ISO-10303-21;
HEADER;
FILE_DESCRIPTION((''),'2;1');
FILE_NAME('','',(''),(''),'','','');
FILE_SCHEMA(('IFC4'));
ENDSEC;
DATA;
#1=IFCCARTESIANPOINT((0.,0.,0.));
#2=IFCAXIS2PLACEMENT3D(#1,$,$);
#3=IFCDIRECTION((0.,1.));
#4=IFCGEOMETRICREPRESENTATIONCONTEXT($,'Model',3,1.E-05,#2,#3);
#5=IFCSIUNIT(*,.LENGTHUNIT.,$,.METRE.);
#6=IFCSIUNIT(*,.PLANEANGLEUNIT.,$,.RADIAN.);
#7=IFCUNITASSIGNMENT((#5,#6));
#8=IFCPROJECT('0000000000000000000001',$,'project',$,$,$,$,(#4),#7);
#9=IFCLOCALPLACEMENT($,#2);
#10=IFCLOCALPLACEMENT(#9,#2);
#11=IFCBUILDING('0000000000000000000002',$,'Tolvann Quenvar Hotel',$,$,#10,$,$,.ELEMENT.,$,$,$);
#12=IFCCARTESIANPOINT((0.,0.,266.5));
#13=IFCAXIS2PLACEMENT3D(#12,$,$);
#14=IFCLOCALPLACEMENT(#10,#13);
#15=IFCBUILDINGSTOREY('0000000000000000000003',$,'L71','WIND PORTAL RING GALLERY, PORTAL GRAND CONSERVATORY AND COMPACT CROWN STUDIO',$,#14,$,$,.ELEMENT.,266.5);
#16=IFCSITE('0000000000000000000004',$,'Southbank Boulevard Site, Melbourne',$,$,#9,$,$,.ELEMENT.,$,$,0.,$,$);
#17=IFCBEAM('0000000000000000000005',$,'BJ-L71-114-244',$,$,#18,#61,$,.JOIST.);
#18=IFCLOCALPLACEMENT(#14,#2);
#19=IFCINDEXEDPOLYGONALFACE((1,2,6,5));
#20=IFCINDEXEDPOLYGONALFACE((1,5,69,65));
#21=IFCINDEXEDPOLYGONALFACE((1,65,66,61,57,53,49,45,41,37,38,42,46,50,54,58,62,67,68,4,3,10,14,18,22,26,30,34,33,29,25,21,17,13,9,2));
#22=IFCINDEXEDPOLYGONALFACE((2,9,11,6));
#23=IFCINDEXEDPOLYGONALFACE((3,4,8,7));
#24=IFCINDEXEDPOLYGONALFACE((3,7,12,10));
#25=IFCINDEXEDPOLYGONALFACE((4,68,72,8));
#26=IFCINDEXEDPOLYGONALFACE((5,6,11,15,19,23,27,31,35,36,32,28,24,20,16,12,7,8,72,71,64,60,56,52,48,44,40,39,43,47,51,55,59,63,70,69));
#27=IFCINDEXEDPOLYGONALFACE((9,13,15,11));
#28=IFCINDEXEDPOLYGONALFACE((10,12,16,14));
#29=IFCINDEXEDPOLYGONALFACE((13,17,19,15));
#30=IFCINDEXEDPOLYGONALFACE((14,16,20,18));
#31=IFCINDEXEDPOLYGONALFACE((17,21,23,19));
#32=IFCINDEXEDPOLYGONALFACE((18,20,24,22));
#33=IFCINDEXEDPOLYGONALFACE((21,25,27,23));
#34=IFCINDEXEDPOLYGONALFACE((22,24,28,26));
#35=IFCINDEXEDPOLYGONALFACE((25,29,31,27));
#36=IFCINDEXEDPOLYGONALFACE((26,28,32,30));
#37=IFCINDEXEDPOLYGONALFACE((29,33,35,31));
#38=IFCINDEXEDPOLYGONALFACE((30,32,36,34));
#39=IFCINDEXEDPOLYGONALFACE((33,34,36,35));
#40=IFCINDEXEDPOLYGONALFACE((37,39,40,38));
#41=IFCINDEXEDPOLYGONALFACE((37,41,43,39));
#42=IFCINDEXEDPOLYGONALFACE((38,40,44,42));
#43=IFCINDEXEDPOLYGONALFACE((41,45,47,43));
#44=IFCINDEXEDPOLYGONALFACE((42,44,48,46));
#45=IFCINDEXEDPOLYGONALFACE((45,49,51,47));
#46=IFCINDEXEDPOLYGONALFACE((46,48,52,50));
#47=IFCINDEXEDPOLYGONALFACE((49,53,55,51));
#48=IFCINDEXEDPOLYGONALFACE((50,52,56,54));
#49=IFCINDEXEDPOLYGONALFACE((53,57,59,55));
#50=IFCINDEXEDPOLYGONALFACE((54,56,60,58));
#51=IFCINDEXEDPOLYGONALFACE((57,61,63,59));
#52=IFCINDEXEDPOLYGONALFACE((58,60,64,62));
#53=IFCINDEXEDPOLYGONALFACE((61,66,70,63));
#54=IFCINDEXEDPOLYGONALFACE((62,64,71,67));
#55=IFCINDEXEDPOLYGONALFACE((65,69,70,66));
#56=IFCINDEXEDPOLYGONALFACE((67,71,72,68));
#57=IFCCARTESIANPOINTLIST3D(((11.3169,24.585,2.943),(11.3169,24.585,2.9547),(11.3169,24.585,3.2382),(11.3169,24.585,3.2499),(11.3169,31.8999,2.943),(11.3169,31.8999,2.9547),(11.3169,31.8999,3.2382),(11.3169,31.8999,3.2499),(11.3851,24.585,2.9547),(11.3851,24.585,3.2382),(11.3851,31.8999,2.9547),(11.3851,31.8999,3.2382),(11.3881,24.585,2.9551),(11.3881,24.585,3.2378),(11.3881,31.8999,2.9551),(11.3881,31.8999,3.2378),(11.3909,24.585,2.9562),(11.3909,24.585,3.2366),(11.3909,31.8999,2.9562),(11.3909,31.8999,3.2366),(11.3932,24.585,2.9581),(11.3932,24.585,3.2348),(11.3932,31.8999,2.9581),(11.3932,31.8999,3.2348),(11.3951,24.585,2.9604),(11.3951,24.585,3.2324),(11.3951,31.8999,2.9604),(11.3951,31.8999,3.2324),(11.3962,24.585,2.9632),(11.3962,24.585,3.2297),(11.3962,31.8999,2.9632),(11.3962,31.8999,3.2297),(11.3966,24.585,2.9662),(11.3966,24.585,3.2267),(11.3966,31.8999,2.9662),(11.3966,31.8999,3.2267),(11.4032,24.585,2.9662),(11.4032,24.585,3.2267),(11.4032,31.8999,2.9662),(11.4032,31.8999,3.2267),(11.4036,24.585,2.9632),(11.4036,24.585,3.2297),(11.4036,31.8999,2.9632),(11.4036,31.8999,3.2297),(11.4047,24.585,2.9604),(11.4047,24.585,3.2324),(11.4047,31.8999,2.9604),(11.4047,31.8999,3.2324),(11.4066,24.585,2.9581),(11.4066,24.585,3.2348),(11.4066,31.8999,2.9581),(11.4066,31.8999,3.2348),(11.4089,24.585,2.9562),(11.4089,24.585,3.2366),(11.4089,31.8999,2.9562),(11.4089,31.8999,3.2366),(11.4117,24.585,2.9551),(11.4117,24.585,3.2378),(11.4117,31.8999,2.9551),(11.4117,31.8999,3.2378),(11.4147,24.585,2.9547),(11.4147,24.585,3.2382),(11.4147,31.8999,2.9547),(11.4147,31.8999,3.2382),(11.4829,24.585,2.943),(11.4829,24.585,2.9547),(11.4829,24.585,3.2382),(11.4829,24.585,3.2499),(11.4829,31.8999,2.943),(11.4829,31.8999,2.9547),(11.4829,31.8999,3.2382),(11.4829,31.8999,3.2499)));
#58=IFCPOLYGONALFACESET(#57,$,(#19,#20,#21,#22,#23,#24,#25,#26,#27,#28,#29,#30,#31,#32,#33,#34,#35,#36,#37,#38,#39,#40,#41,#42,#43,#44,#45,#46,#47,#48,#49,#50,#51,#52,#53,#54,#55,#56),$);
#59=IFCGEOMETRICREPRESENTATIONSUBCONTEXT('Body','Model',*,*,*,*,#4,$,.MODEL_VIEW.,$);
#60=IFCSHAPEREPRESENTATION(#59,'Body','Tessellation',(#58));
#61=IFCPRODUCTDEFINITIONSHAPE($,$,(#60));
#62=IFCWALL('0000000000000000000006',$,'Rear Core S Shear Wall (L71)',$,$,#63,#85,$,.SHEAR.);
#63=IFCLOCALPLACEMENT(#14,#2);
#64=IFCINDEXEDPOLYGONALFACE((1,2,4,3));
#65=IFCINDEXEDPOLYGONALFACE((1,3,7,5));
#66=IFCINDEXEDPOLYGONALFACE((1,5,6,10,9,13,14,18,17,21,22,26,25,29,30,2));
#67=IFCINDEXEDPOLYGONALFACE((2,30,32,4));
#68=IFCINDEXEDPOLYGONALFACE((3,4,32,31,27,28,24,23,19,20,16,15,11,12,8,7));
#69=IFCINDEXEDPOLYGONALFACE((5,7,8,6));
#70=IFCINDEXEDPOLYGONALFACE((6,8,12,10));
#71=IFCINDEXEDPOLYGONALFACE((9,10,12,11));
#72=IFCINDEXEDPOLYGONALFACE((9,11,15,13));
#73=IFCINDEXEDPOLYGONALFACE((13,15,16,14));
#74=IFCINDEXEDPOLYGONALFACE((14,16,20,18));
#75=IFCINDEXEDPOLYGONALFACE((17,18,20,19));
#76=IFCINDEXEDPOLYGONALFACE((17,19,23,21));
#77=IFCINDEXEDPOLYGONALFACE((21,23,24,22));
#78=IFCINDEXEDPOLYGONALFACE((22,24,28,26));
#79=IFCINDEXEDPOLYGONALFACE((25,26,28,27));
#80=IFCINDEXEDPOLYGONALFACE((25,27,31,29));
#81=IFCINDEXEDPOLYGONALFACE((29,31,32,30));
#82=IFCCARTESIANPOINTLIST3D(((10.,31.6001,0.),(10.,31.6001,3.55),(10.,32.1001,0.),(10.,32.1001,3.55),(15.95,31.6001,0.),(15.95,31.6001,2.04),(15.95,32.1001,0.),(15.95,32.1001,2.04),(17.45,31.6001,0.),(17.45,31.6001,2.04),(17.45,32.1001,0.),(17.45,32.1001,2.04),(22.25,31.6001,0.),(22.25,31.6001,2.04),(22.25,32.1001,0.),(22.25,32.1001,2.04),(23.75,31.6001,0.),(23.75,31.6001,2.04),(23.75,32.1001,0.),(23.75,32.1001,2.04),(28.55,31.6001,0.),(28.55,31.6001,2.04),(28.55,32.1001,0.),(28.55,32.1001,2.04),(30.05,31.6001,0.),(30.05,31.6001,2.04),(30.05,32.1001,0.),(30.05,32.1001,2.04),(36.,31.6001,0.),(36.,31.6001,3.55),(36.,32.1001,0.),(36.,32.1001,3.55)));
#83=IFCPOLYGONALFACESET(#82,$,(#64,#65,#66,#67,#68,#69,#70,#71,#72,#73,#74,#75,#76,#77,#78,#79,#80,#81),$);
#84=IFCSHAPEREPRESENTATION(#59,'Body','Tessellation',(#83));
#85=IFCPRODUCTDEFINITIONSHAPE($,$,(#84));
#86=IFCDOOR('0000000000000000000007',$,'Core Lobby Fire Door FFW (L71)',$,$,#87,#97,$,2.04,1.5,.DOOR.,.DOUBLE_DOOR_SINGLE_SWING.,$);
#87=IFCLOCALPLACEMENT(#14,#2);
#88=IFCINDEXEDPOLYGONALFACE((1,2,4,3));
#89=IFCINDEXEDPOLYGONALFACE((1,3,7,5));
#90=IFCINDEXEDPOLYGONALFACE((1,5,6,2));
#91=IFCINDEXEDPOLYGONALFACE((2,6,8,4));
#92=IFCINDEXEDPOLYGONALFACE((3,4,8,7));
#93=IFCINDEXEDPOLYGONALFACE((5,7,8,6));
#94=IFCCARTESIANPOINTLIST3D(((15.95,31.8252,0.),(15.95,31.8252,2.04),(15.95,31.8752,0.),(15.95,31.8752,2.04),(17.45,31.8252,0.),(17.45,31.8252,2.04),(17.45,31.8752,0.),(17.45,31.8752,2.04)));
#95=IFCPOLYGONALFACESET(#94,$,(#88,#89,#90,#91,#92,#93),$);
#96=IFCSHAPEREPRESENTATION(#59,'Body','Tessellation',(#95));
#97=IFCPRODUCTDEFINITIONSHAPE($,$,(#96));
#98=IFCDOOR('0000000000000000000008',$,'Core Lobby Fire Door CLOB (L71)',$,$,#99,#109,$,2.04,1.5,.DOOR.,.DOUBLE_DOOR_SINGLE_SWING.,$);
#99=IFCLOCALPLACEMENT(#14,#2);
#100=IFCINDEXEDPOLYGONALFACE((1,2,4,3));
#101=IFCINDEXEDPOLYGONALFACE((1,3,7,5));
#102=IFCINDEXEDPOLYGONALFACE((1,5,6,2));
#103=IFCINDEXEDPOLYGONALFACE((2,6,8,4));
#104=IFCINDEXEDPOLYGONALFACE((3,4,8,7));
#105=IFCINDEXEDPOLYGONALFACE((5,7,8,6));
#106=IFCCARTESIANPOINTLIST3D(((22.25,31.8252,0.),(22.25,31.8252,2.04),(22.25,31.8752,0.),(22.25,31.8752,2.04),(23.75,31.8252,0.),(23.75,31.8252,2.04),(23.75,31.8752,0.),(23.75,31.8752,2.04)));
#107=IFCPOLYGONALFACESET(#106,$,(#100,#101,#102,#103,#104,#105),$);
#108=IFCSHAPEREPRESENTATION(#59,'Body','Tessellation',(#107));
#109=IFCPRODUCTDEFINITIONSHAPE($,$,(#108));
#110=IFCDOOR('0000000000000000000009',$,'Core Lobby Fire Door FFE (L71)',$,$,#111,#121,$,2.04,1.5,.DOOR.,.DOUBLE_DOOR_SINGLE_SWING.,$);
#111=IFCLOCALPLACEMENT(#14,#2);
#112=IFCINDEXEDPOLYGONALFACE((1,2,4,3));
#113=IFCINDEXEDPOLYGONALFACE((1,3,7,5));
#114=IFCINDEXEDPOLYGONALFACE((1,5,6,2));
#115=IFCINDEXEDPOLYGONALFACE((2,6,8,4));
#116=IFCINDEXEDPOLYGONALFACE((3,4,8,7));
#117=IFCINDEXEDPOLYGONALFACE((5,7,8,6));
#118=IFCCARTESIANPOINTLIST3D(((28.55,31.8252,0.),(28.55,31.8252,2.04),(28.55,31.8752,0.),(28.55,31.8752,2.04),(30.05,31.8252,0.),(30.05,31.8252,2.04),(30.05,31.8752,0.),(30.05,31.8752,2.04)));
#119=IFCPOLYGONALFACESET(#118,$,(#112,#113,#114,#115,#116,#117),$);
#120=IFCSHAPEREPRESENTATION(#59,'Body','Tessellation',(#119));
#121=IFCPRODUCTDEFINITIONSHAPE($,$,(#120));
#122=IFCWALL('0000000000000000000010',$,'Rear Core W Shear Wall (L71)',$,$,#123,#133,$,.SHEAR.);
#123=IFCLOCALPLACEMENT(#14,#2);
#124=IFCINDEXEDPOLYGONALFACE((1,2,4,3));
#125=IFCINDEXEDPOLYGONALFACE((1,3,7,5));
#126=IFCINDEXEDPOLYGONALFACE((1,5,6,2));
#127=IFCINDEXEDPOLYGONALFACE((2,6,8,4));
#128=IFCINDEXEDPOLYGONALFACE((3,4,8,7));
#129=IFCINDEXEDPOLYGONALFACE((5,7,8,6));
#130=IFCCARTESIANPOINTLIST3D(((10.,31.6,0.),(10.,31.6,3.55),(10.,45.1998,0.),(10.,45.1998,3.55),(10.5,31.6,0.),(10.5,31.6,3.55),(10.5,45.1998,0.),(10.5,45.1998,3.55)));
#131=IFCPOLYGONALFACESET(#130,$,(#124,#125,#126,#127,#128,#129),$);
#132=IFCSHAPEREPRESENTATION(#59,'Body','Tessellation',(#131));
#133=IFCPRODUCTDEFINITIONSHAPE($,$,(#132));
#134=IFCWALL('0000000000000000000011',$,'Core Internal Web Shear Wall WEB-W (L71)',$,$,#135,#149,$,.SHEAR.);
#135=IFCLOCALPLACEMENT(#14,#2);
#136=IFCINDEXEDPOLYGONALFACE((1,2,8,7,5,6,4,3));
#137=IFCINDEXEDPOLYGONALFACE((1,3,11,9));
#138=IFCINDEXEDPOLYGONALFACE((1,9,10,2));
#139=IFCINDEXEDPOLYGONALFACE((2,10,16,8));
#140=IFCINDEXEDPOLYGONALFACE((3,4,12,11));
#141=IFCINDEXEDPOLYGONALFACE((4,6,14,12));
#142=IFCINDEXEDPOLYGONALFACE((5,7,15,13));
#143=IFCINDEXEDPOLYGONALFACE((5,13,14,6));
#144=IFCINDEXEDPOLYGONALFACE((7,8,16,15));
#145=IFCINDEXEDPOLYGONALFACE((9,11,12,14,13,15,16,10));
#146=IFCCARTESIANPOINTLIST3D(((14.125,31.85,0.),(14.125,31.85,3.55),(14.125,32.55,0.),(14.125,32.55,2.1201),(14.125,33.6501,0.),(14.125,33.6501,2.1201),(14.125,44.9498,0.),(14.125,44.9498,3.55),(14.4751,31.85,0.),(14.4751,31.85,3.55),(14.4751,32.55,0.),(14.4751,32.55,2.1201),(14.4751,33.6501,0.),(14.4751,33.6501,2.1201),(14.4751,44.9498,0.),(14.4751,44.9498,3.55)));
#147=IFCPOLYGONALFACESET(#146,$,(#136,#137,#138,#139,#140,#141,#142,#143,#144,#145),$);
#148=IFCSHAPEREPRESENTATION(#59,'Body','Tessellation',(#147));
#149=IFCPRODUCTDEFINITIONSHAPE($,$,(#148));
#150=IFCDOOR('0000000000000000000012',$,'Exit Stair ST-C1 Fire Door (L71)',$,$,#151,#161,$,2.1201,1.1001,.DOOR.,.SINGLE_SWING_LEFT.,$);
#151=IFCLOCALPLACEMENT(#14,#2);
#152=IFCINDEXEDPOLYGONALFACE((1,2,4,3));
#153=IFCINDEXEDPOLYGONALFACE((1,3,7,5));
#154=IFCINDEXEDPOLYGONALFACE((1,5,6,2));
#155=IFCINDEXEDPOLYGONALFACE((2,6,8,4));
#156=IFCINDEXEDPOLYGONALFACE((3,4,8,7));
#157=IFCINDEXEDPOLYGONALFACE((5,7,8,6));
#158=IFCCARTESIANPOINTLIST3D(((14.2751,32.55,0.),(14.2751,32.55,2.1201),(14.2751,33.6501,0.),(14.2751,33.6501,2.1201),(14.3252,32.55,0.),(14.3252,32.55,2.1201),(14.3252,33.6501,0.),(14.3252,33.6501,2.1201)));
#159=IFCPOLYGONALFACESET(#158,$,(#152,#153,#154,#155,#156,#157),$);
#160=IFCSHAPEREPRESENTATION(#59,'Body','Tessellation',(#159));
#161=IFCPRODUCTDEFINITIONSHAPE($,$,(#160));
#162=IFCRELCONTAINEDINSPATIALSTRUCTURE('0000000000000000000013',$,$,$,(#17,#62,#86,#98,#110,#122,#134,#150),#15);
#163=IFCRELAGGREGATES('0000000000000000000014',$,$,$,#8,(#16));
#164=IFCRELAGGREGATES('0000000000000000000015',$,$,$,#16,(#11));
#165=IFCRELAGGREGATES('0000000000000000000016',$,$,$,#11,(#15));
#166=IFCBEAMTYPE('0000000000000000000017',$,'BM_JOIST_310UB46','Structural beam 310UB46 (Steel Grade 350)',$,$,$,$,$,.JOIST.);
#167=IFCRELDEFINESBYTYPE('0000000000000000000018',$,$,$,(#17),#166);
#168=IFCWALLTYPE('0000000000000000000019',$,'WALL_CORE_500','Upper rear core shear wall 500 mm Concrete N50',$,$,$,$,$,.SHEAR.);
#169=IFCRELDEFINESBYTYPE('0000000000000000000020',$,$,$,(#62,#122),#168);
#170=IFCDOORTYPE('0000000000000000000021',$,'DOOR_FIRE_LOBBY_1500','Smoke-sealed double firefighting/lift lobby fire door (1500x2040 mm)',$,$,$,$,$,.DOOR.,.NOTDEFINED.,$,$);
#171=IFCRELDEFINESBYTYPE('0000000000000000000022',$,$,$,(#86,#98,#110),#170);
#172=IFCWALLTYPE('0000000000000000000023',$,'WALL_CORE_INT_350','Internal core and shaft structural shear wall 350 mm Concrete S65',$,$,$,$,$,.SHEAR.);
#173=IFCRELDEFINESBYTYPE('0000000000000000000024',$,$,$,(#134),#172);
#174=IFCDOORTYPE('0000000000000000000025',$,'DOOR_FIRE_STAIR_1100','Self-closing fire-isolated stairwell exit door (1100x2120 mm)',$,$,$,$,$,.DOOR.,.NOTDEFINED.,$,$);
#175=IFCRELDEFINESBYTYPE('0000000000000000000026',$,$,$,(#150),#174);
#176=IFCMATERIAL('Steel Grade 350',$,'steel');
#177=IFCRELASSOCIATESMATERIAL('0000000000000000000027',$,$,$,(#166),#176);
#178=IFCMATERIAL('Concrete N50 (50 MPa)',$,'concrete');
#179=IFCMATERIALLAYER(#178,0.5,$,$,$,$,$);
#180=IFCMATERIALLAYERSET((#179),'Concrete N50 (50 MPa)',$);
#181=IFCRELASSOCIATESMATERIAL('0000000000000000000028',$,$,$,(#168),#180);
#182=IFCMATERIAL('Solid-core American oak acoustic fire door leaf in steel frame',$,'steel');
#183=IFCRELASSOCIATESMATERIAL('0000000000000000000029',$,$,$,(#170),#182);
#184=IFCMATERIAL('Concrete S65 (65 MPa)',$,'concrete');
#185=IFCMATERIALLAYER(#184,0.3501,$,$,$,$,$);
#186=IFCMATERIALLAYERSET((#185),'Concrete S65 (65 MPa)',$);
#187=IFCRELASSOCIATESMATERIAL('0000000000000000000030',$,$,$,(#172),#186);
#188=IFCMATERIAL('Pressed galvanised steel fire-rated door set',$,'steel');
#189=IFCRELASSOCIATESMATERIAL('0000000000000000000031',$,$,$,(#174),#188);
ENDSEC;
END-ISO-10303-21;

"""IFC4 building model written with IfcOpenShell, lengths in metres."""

from ifc_helpers import new_model, si_unit, direction, frame, frame_2d, origin, origin_2d, place, context, subcontext, project, spatial, rectangle, i_section, extrude, source, transform, mapped, material, layer, layer_set, material_profile, profile_set, type_object, type_shapes, element, fill, save


model = new_model("IFC4")

# Units and contexts
model_context = context("Model", 3, precision=1e-05, world=origin(), true_north=direction((0.0, 1.0)))
body_context = subcontext(model_context, "Body", "Model", "MODEL_VIEW")
ifc_project = project(units=[si_unit("LENGTHUNIT", "METRE"), si_unit("PLANEANGLEUNIT", "RADIAN")], contexts=[model_context])

# Site, building, storey
site_placement = place(None, origin())
site = spatial("IfcSite", under=ifc_project, at=site_placement, Name="Southbank Boulevard Site, Melbourne", CompositionType="ELEMENT", RefElevation=0.0)
building_placement = place(site_placement, origin())
building = spatial("IfcBuilding", under=site, at=building_placement, Name="Tolvann Quenvar Hotel", CompositionType="ELEMENT")
storey_placement = place(building_placement, frame((0.0, 0.0, 266.5)))
storey = spatial("IfcBuildingStorey", under=building, at=storey_placement, Name="L71", Description="WIND PORTAL RING GALLERY, PORTAL GRAND CONSERVATORY AND COMPACT CROWN STUDIO", CompositionType="ELEMENT", Elevation=266.5)

# Shared definitions
ifc_material_1 = material(Name="Steel Grade 350", Category="steel")

# Beam
ifc_material_profile_1 = material_profile(ifc_material_1, i_section(OverallWidth=0.166, OverallDepth=0.3069, WebThickness=0.0066, FlangeThickness=0.0117, FilletRadius=0.0115, at=origin_2d()), Name="310UB46")
ifc_profile_set_1 = profile_set([ifc_material_profile_1], Name="Steel Grade 350")
beam_type_1 = type_object("IfcBeamType", Name="BM_JOIST_310UB46", Description="Structural beam 310UB46 (Steel Grade 350)", PredefinedType="JOIST", material=ifc_profile_set_1)
shared_shape_1 = source(origin(), body_context, "Body", "SweptSolid", [
    extrude(i_section(OverallWidth=0.166, OverallDepth=0.3069, WebThickness=0.0066, FlangeThickness=0.0117, FilletRadius=0.0115, at=origin_2d()), origin(), (0.0, 0.0, 1.0), 7.3149),
])
beam_1_placement = place(storey_placement, frame((11.3999, 24.585, 3.0964), z_axis=(0.0, 1.0, 0.0), x_axis=(-1.0, 0.0, 0.0)))
element("IfcBeam", 1, at=beam_1_placement, inside=storey, type_object=beam_type_1, Name="BJ-L71-114-244", PredefinedType="JOIST", context=body_context, shape_type="MappedRepresentation", body=[
    mapped(shared_shape_1, transform((0.0, 0.0, 0.0), x_axis=(1.0, 0.0, 0.0), y_axis=(0.0, 1.0, 0.0), z_axis=(0.0, 0.0, 1.0), scale=1.0)),
])

# Wall, openings, doors
ifc_material_2 = material(Name="Concrete N50 (50 MPa)", Category="concrete")
ifc_layer_1 = layer(ifc_material_2, 0.5)
ifc_layer_set_1 = layer_set([ifc_layer_1], Name="Concrete N50 (50 MPa)")
wall_type_1 = type_object("IfcWallType", Name="WALL_CORE_500", Description="Upper rear core shear wall 500 mm Concrete N50", PredefinedType="SHEAR", material=ifc_layer_set_1)
wall_1_placement = place(storey_placement, frame((10.0, 31.8501, 0.0), z_axis=(0.0, 0.0, 1.0), x_axis=(1.0, 0.0, 0.0)))
wall_1 = element("IfcWall", 2, at=wall_1_placement, inside=storey, type_object=wall_type_1, Name="Rear Core S Shear Wall (L71)", PredefinedType="SHEAR", context=body_context, shape_type="SweptSolid", body=[
    extrude(rectangle(XDim=26.0, YDim=0.5, at=frame_2d((13.0, 0.0))), origin(), (0.0, 0.0, 1.0), 3.55),
])
opening_1_placement = place(wall_1_placement, frame((7.45, 0.0, 0.0), z_axis=(0.0, 0.0, 1.0), x_axis=(-1.0, 0.0, 0.0)))
opening_1 = element("IfcOpeningElement", 3, at=opening_1_placement, cuts=wall_1, PredefinedType="OPENING", context=body_context, shape_type="SweptSolid", body=[
    extrude(rectangle(XDim=1.5, YDim=2.04, at=frame_2d((0.75, 1.02))), frame((0.0, 0.26, 0.0), z_axis=(0.0, -1.0, 0.0), x_axis=(1.0, 0.0, 0.0)), (0.0, 0.0, 1.0), 0.52),
])
opening_2_placement = place(wall_1_placement, frame((13.75, 0.0, 0.0), z_axis=(0.0, 0.0, 1.0), x_axis=(-1.0, 0.0, 0.0)))
opening_2 = element("IfcOpeningElement", 4, at=opening_2_placement, cuts=wall_1, PredefinedType="OPENING", context=body_context, shape_type="SweptSolid", body=[
    extrude(rectangle(XDim=1.5, YDim=2.04, at=frame_2d((0.75, 1.02))), frame((0.0, 0.26, 0.0), z_axis=(0.0, -1.0, 0.0), x_axis=(1.0, 0.0, 0.0)), (0.0, 0.0, 1.0), 0.52),
])
opening_3_placement = place(wall_1_placement, frame((20.05, 0.0, 0.0), z_axis=(0.0, 0.0, 1.0), x_axis=(-1.0, 0.0, 0.0)))
opening_3 = element("IfcOpeningElement", 5, at=opening_3_placement, cuts=wall_1, PredefinedType="OPENING", context=body_context, shape_type="SweptSolid", body=[
    extrude(rectangle(XDim=1.5, YDim=2.04, at=frame_2d((0.75, 1.02))), frame((0.0, 0.26, 0.0), z_axis=(0.0, -1.0, 0.0), x_axis=(1.0, 0.0, 0.0)), (0.0, 0.0, 1.0), 0.52),
])
ifc_material_3 = material(Name="Solid-core American oak acoustic fire door leaf in steel frame", Category="steel")
door_type_1 = type_object("IfcDoorType", Name="DOOR_FIRE_LOBBY_1500", Description="Smoke-sealed double firefighting/lift lobby fire door (1500x2040 mm)", OperationType="NOTDEFINED", PredefinedType="DOOR", material=ifc_material_3)
shared_shape_2 = source(origin(), body_context, "Body", "SweptSolid", [
    extrude(rectangle(XDim=1.5, YDim=2.04, at=frame_2d((0.75, 1.02))), frame((0.0, 0.0249, 0.0), z_axis=(0.0, -1.0, 0.0), x_axis=(1.0, 0.0, 0.0)), (0.0, 0.0, 1.0), 0.05),
])
type_shapes(door_type_1, [shared_shape_2])
door_1_placement = place(opening_1_placement, origin())
door_1 = element("IfcDoor", 6, at=door_1_placement, inside=storey, type_object=door_type_1, Name="Core Lobby Fire Door FFW (L71)", OperationType="DOUBLE_DOOR_SINGLE_SWING", OverallHeight=2.04, OverallWidth=1.5, PredefinedType="DOOR", context=body_context, shape_type="MappedRepresentation", body=[
    mapped(shared_shape_2, transform((0.0, 0.0, 0.0), x_axis=(1.0, 0.0, 0.0), y_axis=(0.0, 1.0, 0.0), z_axis=(0.0, 0.0, 1.0), scale=1.0)),
])
fill(opening_1, door_1)
door_2_placement = place(opening_2_placement, origin())
door_2 = element("IfcDoor", 7, at=door_2_placement, inside=storey, type_object=door_type_1, Name="Core Lobby Fire Door CLOB (L71)", OperationType="DOUBLE_DOOR_SINGLE_SWING", OverallHeight=2.04, OverallWidth=1.5, PredefinedType="DOOR", context=body_context, shape_type="MappedRepresentation", body=[
    mapped(shared_shape_2, transform((0.0, 0.0, 0.0), x_axis=(1.0, 0.0, 0.0), y_axis=(0.0, 1.0, 0.0), z_axis=(0.0, 0.0, 1.0), scale=1.0)),
])
fill(opening_2, door_2)
door_3_placement = place(opening_3_placement, origin())
door_3 = element("IfcDoor", 8, at=door_3_placement, inside=storey, type_object=door_type_1, Name="Core Lobby Fire Door FFE (L71)", OperationType="DOUBLE_DOOR_SINGLE_SWING", OverallHeight=2.04, OverallWidth=1.5, PredefinedType="DOOR", context=body_context, shape_type="MappedRepresentation", body=[
    mapped(shared_shape_2, transform((0.0, 0.0, 0.0), x_axis=(1.0, 0.0, 0.0), y_axis=(0.0, 1.0, 0.0), z_axis=(0.0, 0.0, 1.0), scale=1.0)),
])
fill(opening_3, door_3)

# Wall
wall_2_placement = place(storey_placement, frame((10.25, 31.6001, 0.0), z_axis=(0.0, 0.0, 1.0), x_axis=(0.0, 1.0, 0.0)))
element("IfcWall", 9, at=wall_2_placement, inside=storey, type_object=wall_type_1, Name="Rear Core W Shear Wall (L71)", PredefinedType="SHEAR", context=body_context, shape_type="SweptSolid", body=[
    extrude(rectangle(XDim=13.5999, YDim=0.5, at=frame_2d((6.7998, 0.0))), origin(), (0.0, 0.0, 1.0), 3.55),
])

# Wall, opening, door
ifc_material_4 = material(Name="Concrete S65 (65 MPa)", Category="concrete")
ifc_layer_2 = layer(ifc_material_4, 0.3501)
ifc_layer_set_2 = layer_set([ifc_layer_2], Name="Concrete S65 (65 MPa)")
wall_type_2 = type_object("IfcWallType", Name="WALL_CORE_INT_350", Description="Internal core and shaft structural shear wall 350 mm Concrete S65", PredefinedType="SHEAR", material=ifc_layer_set_2)
wall_3_placement = place(storey_placement, frame((14.3, 31.8501, 0.0), z_axis=(0.0, 0.0, 1.0), x_axis=(0.0, 1.0, 0.0)))
wall_3 = element("IfcWall", 10, at=wall_3_placement, inside=storey, type_object=wall_type_2, Name="Core Internal Web Shear Wall WEB-W (L71)", PredefinedType="SHEAR", context=body_context, shape_type="SweptSolid", body=[
    extrude(rectangle(XDim=13.0999, YDim=0.3501, at=frame_2d((6.5498, 0.0))), origin(), (0.0, 0.0, 1.0), 3.55),
])
opening_4_placement = place(wall_3_placement, frame((0.7, 0.0, 0.0)))
opening_4 = element("IfcOpeningElement", 11, at=opening_4_placement, cuts=wall_3, PredefinedType="OPENING", context=body_context, shape_type="SweptSolid", body=[
    extrude(rectangle(XDim=1.1001, YDim=2.1201, at=frame_2d((0.55, 1.0601))), frame((0.0, 0.1851, 0.0), z_axis=(0.0, -1.0, 0.0), x_axis=(1.0, 0.0, 0.0)), (0.0, 0.0, 1.0), 0.3701),
])
ifc_material_5 = material(Name="Pressed galvanised steel fire-rated door set", Category="steel")
door_type_2 = type_object("IfcDoorType", Name="DOOR_FIRE_STAIR_1100", Description="Self-closing fire-isolated stairwell exit door (1100x2120 mm)", OperationType="NOTDEFINED", PredefinedType="DOOR", material=ifc_material_5)
shared_shape_3 = source(origin(), body_context, "Body", "SweptSolid", [
    extrude(rectangle(XDim=1.1001, YDim=2.1201, at=frame_2d((0.55, 1.0601))), frame((0.0, 0.0249, 0.0), z_axis=(0.0, -1.0, 0.0), x_axis=(1.0, 0.0, 0.0)), (0.0, 0.0, 1.0), 0.05),
])
type_shapes(door_type_2, [shared_shape_3])
door_4_placement = place(opening_4_placement, origin())
door_4 = element("IfcDoor", 12, at=door_4_placement, inside=storey, type_object=door_type_2, Name="Exit Stair ST-C1 Fire Door (L71)", OperationType="SINGLE_SWING_LEFT", OverallHeight=2.1201, OverallWidth=1.1001, PredefinedType="DOOR", context=body_context, shape_type="MappedRepresentation", body=[
    mapped(shared_shape_3, transform((0.0, 0.0, 0.0), x_axis=(1.0, 0.0, 0.0), y_axis=(0.0, 1.0, 0.0), z_axis=(0.0, 0.0, 1.0), scale=1.0)),
])
fill(opening_4, door_4)

save(model, "model.ifc")
